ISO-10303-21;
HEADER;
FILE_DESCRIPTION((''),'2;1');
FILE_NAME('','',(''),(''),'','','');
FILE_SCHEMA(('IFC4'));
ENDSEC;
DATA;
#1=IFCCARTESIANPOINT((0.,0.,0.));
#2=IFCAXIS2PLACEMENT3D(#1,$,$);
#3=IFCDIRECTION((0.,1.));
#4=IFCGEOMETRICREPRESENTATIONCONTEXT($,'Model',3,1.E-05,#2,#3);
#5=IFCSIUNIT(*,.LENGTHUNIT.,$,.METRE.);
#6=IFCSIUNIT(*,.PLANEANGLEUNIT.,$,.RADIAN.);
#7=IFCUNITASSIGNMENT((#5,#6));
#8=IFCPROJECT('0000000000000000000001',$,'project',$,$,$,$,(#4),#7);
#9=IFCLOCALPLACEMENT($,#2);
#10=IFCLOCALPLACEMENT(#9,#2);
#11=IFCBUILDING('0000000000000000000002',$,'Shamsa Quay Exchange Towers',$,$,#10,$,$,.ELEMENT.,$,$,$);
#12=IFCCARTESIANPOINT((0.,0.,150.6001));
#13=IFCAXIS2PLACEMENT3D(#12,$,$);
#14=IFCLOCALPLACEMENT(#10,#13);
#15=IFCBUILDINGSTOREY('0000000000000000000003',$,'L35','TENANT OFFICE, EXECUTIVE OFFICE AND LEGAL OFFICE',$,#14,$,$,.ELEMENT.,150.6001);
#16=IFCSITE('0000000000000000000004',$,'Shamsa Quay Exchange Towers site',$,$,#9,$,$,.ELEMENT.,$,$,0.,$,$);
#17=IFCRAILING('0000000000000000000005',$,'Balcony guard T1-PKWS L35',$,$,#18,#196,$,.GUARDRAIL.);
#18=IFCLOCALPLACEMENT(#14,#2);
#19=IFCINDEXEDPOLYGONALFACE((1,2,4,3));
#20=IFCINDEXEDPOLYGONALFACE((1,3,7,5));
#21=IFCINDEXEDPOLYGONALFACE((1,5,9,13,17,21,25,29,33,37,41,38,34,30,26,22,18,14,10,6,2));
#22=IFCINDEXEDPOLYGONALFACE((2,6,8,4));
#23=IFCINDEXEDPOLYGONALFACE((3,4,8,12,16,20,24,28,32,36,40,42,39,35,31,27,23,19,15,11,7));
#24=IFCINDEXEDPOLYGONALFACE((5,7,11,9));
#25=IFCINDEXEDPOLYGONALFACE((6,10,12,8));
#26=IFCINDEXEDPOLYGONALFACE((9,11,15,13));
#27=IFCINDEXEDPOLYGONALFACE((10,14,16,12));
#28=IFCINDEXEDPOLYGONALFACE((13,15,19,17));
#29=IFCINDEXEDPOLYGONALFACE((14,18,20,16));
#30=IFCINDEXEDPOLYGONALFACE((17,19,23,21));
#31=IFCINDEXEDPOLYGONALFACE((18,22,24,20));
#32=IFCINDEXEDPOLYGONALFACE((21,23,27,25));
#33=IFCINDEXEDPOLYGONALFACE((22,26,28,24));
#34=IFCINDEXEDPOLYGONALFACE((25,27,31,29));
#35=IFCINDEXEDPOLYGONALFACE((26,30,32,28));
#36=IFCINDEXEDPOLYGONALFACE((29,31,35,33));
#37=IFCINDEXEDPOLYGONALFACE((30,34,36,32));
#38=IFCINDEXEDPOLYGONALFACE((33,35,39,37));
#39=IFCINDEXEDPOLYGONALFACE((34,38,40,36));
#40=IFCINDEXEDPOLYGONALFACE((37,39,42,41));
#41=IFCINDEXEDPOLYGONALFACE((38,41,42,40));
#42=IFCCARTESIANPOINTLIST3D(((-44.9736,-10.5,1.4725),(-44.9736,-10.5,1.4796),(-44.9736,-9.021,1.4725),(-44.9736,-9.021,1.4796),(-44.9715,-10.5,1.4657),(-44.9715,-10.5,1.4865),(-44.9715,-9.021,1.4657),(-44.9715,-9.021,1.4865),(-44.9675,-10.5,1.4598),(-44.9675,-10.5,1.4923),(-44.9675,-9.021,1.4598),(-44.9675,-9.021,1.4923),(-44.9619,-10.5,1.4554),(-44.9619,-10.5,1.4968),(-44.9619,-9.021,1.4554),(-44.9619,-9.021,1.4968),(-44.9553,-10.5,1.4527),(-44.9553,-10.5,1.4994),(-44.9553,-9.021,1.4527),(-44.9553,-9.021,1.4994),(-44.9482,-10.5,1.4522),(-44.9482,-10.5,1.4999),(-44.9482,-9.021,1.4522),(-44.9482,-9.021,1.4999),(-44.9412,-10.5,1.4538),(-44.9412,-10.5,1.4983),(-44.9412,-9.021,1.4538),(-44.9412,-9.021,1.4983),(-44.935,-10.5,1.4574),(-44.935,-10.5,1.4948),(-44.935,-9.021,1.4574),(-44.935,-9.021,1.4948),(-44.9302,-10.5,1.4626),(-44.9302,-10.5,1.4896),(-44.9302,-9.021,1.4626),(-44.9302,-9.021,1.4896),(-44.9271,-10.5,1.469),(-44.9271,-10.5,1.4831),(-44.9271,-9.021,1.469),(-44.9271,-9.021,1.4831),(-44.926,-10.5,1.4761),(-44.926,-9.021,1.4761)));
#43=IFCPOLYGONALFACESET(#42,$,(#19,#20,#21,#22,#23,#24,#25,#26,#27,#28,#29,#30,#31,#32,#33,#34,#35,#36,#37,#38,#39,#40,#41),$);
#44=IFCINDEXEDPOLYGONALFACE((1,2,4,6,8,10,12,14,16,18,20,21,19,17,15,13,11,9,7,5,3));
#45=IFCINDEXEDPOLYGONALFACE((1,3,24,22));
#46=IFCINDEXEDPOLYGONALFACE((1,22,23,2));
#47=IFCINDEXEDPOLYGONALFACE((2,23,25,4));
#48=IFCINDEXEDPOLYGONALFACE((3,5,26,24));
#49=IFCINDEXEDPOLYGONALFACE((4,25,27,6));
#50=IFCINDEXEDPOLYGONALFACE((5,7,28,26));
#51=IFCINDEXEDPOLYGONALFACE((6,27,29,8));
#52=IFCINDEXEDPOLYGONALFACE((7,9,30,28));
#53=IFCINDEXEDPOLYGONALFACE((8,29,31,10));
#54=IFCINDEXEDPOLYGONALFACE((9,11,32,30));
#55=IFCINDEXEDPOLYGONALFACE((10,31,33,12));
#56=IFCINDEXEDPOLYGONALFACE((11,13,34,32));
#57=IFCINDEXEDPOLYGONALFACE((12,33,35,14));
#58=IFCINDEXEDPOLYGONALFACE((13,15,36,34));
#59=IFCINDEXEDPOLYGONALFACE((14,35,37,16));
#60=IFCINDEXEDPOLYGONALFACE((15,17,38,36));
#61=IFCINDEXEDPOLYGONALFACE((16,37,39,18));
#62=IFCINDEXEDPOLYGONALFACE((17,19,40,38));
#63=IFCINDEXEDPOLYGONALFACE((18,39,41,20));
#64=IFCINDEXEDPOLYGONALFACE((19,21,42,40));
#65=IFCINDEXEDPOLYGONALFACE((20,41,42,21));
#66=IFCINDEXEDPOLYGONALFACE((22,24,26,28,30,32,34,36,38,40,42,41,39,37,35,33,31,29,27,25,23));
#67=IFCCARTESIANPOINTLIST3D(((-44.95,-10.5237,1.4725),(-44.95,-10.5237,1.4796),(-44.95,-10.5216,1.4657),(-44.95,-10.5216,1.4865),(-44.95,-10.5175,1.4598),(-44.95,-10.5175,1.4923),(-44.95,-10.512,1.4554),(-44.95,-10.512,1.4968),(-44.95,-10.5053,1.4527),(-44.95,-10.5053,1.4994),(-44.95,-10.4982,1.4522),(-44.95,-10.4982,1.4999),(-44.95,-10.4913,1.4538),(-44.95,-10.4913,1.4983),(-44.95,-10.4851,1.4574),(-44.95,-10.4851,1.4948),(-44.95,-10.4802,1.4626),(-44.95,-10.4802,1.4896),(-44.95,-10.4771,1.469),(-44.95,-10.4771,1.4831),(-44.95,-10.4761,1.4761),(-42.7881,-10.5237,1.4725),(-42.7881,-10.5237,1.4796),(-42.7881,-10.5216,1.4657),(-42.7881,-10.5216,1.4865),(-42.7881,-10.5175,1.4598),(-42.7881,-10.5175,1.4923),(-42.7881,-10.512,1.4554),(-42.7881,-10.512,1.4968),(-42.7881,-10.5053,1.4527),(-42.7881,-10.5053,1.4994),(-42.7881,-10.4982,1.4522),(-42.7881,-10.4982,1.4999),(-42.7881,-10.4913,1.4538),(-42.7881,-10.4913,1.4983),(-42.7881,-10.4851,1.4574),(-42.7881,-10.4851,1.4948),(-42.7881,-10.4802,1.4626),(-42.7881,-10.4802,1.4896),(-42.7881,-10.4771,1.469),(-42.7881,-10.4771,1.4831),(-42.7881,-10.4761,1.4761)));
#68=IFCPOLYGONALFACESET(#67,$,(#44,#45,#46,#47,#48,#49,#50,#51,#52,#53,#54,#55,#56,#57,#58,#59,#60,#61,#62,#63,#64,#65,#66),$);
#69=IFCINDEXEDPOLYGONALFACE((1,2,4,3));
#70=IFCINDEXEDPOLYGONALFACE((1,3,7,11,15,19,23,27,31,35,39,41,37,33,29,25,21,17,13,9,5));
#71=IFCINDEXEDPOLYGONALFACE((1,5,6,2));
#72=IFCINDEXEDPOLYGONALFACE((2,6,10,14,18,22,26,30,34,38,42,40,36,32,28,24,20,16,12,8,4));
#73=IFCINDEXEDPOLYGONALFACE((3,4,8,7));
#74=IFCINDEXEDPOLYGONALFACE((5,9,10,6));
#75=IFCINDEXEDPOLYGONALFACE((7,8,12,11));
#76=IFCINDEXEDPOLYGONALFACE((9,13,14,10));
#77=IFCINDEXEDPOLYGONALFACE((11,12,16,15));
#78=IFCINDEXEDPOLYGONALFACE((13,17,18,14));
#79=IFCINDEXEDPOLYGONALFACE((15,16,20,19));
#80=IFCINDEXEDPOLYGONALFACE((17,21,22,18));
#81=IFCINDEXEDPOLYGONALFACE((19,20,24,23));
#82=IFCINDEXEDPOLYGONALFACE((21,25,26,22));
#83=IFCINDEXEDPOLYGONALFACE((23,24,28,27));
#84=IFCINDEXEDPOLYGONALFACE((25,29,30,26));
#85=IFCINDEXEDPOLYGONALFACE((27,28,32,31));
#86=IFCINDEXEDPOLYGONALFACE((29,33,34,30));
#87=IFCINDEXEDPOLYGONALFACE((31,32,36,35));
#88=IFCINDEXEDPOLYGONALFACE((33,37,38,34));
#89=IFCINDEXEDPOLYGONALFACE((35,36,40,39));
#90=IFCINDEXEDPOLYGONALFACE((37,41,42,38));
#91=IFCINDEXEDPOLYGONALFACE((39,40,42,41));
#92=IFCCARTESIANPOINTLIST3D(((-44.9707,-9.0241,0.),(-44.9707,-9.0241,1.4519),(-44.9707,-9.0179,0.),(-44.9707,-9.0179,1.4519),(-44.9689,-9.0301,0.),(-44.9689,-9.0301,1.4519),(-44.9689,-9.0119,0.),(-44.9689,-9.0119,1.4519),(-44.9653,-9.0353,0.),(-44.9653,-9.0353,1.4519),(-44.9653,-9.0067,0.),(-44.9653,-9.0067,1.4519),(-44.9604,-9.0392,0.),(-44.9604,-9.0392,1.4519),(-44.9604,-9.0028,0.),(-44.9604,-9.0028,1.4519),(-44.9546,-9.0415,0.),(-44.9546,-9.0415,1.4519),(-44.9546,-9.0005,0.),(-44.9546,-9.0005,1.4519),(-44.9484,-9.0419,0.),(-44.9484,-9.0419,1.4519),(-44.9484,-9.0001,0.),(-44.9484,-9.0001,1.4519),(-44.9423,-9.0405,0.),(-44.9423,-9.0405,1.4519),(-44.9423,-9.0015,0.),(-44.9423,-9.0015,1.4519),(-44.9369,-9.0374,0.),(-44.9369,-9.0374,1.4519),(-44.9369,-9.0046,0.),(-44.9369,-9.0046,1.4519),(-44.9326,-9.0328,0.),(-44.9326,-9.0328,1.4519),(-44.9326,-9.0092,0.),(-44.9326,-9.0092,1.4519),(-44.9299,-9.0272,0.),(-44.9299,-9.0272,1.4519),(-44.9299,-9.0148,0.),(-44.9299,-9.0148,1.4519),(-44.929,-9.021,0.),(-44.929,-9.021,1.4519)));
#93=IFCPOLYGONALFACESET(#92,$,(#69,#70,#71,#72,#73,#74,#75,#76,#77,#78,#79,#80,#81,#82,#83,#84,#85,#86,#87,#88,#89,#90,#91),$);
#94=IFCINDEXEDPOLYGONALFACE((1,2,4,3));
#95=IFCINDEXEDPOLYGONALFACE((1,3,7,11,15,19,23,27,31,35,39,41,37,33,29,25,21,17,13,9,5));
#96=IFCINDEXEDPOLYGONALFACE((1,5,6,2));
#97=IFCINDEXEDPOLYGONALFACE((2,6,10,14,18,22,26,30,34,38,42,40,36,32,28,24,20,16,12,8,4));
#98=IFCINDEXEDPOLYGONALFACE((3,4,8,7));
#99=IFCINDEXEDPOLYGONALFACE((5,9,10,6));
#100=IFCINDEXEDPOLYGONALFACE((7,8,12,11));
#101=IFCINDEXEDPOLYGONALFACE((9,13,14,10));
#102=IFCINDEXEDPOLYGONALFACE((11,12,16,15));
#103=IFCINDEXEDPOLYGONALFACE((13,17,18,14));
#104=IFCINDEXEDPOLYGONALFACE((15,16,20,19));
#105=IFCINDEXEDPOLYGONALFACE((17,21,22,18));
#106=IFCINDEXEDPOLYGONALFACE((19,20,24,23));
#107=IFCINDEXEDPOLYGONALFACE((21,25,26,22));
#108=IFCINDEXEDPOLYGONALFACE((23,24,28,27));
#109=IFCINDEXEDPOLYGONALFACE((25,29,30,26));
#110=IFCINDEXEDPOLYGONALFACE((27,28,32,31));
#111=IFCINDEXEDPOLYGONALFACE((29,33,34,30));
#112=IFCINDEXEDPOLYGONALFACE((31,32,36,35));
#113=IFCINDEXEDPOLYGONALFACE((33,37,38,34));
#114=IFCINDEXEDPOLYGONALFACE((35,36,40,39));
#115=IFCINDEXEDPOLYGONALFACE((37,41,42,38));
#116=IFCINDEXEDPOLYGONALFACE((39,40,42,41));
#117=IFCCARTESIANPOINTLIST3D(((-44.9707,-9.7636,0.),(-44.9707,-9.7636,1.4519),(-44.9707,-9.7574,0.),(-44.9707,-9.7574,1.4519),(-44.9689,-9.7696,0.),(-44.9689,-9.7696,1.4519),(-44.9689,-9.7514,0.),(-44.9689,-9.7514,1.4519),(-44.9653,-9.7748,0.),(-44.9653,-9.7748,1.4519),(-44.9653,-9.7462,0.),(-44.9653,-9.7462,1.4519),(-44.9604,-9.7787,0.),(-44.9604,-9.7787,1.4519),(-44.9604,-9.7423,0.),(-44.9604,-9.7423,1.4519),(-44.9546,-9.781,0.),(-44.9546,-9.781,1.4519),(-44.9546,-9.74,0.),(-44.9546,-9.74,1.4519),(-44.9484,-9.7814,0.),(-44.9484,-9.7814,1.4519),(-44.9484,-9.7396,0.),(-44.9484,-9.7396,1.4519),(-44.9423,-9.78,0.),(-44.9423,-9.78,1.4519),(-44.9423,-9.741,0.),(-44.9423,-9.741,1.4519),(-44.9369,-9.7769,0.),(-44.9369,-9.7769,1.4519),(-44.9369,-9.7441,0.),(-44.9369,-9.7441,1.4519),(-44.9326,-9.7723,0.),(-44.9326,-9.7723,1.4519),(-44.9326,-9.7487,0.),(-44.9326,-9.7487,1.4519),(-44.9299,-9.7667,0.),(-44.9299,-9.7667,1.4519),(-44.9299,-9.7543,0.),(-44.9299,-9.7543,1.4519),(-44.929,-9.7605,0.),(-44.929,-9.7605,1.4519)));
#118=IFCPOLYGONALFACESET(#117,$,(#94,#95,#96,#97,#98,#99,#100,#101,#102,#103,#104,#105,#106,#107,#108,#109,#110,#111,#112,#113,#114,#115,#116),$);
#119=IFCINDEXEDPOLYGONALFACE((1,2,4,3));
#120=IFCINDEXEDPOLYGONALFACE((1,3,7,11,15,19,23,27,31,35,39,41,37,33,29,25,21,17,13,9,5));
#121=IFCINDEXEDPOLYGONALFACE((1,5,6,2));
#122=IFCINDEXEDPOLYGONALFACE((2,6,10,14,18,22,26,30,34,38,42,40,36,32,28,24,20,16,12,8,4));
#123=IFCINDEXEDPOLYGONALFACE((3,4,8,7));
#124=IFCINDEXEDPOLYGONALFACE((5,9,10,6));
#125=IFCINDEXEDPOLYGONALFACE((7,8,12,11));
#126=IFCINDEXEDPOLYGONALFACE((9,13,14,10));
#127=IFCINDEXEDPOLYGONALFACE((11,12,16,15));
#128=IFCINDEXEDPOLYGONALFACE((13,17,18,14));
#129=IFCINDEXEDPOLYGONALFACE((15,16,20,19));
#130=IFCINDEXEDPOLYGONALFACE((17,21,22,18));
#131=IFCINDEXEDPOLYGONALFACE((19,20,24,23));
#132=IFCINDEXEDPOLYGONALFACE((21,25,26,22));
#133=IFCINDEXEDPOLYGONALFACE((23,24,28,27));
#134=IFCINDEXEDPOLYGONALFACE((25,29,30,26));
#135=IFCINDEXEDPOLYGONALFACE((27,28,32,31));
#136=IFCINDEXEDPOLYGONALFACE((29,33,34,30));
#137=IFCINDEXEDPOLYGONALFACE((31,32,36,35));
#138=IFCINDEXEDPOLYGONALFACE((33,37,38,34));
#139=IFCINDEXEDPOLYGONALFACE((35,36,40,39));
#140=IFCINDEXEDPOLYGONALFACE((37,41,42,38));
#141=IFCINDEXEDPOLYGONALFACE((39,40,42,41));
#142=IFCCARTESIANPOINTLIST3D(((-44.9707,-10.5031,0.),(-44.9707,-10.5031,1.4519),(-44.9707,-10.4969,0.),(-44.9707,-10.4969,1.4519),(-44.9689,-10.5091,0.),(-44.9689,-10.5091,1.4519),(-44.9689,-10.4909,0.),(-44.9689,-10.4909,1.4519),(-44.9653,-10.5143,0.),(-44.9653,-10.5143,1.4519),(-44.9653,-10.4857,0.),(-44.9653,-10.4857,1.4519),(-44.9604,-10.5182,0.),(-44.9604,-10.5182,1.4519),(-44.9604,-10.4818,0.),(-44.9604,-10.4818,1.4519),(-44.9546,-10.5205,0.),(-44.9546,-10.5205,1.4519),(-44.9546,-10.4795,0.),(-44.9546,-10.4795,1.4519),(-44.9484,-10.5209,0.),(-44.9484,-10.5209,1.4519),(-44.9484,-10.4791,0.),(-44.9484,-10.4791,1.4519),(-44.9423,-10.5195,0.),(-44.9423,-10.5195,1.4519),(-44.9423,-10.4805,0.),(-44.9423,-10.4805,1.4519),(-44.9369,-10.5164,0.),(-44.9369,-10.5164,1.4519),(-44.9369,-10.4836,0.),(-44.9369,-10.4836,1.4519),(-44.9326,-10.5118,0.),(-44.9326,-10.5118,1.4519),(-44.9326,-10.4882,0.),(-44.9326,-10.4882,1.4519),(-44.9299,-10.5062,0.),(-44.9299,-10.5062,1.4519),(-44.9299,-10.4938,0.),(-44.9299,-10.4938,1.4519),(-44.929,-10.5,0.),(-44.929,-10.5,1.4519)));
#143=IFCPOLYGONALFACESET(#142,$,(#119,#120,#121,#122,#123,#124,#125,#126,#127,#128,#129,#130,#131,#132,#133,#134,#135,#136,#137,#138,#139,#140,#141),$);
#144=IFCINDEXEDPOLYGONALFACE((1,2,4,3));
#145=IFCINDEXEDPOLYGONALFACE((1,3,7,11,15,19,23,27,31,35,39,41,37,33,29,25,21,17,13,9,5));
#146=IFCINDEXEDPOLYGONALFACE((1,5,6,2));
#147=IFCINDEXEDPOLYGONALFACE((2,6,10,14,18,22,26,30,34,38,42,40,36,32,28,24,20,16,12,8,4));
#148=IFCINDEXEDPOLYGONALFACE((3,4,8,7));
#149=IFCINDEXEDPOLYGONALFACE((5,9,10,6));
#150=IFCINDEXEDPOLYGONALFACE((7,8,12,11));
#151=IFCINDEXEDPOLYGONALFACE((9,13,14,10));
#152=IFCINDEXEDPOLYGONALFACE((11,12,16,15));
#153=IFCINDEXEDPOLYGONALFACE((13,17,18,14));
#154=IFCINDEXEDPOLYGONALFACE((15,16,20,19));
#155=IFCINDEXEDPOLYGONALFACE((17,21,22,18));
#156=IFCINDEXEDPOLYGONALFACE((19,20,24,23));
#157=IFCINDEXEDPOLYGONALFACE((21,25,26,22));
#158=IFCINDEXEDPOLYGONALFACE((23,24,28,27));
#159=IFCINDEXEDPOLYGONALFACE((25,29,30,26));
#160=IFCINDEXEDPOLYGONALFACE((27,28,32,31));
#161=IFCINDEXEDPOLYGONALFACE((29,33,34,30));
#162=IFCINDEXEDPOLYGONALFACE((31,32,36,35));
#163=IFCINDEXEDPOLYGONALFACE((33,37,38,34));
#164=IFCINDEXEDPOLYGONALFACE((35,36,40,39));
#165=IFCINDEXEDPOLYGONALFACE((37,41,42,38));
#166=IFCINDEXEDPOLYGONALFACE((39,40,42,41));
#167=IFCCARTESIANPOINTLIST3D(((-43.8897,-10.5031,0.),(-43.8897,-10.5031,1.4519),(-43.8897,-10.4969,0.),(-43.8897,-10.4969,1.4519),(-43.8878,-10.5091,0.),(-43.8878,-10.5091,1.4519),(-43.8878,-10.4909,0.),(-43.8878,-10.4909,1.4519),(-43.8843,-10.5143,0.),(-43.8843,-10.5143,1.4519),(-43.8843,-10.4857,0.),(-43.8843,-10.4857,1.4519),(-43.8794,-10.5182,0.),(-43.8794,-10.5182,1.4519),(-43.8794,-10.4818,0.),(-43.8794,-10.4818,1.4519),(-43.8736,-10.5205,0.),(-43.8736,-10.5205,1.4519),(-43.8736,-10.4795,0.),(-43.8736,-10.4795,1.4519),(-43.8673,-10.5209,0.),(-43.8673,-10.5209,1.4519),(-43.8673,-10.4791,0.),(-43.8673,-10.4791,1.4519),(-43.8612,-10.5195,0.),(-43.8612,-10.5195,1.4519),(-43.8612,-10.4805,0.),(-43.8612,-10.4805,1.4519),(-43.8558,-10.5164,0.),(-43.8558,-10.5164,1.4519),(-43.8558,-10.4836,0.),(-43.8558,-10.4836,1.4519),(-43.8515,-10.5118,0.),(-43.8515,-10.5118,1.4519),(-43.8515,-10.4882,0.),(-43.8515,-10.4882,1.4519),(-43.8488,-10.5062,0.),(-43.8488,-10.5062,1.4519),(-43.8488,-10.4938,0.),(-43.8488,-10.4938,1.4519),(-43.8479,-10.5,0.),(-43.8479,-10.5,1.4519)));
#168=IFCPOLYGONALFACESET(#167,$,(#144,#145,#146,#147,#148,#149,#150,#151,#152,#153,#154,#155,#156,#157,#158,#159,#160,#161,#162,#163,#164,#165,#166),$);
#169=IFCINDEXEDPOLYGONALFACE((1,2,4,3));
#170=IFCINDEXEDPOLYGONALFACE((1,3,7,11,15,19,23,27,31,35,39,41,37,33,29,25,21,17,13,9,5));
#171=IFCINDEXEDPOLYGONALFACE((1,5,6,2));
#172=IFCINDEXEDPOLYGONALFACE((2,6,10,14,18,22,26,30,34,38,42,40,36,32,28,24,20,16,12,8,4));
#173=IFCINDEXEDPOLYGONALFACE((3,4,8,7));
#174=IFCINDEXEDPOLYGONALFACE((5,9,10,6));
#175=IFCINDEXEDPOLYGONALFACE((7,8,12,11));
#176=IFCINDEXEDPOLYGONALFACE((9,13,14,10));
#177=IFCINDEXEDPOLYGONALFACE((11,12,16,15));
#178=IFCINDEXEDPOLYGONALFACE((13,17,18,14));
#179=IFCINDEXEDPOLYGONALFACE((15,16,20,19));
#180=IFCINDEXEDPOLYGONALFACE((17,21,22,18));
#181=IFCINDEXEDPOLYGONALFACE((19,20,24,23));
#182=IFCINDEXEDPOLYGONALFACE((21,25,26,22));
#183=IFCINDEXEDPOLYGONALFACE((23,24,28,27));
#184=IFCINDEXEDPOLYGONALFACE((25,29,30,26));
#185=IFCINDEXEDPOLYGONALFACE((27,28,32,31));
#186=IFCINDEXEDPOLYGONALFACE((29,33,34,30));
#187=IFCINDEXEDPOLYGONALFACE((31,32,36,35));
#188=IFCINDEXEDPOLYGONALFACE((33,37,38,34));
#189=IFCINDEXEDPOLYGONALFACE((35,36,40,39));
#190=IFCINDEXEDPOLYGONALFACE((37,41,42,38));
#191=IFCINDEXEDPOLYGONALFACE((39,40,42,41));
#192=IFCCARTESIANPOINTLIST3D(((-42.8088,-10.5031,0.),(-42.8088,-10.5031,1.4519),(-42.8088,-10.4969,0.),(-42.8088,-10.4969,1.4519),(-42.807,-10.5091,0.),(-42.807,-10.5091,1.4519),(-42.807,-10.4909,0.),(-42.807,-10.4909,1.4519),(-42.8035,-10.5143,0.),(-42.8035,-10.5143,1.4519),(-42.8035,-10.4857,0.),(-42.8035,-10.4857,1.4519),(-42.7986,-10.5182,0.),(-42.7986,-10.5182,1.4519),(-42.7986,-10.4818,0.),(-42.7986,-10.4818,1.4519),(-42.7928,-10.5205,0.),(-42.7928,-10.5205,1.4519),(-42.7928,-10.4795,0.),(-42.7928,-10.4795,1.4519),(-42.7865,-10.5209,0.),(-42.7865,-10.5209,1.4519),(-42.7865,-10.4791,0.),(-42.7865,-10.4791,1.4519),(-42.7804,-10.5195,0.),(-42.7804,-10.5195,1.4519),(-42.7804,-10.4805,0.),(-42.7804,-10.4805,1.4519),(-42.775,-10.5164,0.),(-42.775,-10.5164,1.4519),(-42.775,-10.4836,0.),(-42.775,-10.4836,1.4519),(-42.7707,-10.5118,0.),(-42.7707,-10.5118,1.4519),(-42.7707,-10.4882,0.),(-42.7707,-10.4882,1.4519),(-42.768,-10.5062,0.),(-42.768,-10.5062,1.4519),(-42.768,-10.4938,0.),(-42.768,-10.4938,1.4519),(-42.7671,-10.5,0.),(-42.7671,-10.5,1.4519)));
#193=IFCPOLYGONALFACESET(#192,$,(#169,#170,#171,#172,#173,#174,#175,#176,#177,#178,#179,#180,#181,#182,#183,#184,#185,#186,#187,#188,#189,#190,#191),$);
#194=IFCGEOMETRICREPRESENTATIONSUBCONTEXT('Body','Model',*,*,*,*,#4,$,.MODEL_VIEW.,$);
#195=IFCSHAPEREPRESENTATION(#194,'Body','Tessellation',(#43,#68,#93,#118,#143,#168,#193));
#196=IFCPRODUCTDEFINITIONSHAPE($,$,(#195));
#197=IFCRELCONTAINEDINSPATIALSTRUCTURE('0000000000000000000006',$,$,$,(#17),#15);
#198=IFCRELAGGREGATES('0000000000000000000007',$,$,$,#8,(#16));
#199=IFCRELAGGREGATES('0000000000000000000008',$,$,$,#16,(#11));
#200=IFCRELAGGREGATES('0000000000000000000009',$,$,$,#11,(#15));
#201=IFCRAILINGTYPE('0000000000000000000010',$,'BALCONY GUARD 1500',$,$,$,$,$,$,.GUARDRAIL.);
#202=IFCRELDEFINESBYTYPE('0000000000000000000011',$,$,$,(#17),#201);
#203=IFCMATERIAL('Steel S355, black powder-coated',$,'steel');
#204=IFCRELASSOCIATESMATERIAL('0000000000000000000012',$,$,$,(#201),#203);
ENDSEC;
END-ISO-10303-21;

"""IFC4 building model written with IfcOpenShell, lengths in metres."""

from ifc_helpers import new_model, si_unit, direction, frame, origin, origin_2d, place, context, subcontext, project, spatial, circle, extrude, material, type_object, element, save


model = new_model("IFC4")

# Units and contexts
model_context = context("Model", 3, precision=1e-05, world=origin(), true_north=direction((0.0, 1.0)))
body_context = subcontext(model_context, "Body", "Model", "MODEL_VIEW")
ifc_project = project(units=[si_unit("LENGTHUNIT", "METRE"), si_unit("PLANEANGLEUNIT", "RADIAN")], contexts=[model_context])

# Site, building, storey
site_placement = place(None, origin())
site = spatial("IfcSite", under=ifc_project, at=site_placement, Name="Shamsa Quay Exchange Towers site", CompositionType="ELEMENT", RefElevation=0.0)
building_placement = place(site_placement, origin())
building = spatial("IfcBuilding", under=site, at=building_placement, Name="Shamsa Quay Exchange Towers", CompositionType="ELEMENT")
storey_placement = place(building_placement, frame((0.0, 0.0, 150.6001)))
storey = spatial("IfcBuildingStorey", under=building, at=storey_placement, Name="L35", Description="TENANT OFFICE, EXECUTIVE OFFICE AND LEGAL OFFICE", CompositionType="ELEMENT", Elevation=150.6001)

# Railing
ifc_material_1 = material(Name="Steel S355, black powder-coated", Category="steel")
railing_type = type_object("IfcRailingType", Name="BALCONY GUARD 1500", PredefinedType="GUARDRAIL", material=ifc_material_1)
for number, where, name in (
    (1, (-44.95, -9.021, 0.0), "Balcony guard T1-PKWS L35"),
):
    element("IfcRailing", number, at=place(storey_placement, frame(where)), inside=storey, type_object=railing_type, Name=name, PredefinedType="GUARDRAIL", context=body_context, shape_type="SweptSolid", body=[
        extrude(circle(Radius=0.0239, at=origin_2d()), frame((0.0, 0.0, 1.4761), z_axis=(0.0, -1.0, 0.0), x_axis=(1.0, 0.0, 0.0)), (0.0, 0.0, 1.0), 1.479),
        extrude(circle(Radius=0.0239, at=origin_2d()), frame((0.0, -1.479, 1.4761), z_axis=(1.0, 0.0, 0.0), x_axis=(0.0, 1.0, 0.0)), (0.0, 0.0, 1.0), 2.1619),
        extrude(circle(Radius=0.021, at=origin_2d()), origin(), (0.0, 0.0, 1.0), 1.4519),
        extrude(circle(Radius=0.021, at=origin_2d()), frame((0.0, -0.7395, 0.0)), (0.0, 0.0, 1.0), 1.4519),
        extrude(circle(Radius=0.021, at=origin_2d()), frame((0.0, -1.479, 0.0)), (0.0, 0.0, 1.0), 1.4519),
        extrude(circle(Radius=0.021, at=origin_2d()), frame((1.0811, -1.479, 0.0)), (0.0, 0.0, 1.0), 1.4519),
        extrude(circle(Radius=0.021, at=origin_2d()), frame((2.1619, -1.479, 0.0)), (0.0, 0.0, 1.0), 1.4519),
    ])

save(model, "model.ifc")
